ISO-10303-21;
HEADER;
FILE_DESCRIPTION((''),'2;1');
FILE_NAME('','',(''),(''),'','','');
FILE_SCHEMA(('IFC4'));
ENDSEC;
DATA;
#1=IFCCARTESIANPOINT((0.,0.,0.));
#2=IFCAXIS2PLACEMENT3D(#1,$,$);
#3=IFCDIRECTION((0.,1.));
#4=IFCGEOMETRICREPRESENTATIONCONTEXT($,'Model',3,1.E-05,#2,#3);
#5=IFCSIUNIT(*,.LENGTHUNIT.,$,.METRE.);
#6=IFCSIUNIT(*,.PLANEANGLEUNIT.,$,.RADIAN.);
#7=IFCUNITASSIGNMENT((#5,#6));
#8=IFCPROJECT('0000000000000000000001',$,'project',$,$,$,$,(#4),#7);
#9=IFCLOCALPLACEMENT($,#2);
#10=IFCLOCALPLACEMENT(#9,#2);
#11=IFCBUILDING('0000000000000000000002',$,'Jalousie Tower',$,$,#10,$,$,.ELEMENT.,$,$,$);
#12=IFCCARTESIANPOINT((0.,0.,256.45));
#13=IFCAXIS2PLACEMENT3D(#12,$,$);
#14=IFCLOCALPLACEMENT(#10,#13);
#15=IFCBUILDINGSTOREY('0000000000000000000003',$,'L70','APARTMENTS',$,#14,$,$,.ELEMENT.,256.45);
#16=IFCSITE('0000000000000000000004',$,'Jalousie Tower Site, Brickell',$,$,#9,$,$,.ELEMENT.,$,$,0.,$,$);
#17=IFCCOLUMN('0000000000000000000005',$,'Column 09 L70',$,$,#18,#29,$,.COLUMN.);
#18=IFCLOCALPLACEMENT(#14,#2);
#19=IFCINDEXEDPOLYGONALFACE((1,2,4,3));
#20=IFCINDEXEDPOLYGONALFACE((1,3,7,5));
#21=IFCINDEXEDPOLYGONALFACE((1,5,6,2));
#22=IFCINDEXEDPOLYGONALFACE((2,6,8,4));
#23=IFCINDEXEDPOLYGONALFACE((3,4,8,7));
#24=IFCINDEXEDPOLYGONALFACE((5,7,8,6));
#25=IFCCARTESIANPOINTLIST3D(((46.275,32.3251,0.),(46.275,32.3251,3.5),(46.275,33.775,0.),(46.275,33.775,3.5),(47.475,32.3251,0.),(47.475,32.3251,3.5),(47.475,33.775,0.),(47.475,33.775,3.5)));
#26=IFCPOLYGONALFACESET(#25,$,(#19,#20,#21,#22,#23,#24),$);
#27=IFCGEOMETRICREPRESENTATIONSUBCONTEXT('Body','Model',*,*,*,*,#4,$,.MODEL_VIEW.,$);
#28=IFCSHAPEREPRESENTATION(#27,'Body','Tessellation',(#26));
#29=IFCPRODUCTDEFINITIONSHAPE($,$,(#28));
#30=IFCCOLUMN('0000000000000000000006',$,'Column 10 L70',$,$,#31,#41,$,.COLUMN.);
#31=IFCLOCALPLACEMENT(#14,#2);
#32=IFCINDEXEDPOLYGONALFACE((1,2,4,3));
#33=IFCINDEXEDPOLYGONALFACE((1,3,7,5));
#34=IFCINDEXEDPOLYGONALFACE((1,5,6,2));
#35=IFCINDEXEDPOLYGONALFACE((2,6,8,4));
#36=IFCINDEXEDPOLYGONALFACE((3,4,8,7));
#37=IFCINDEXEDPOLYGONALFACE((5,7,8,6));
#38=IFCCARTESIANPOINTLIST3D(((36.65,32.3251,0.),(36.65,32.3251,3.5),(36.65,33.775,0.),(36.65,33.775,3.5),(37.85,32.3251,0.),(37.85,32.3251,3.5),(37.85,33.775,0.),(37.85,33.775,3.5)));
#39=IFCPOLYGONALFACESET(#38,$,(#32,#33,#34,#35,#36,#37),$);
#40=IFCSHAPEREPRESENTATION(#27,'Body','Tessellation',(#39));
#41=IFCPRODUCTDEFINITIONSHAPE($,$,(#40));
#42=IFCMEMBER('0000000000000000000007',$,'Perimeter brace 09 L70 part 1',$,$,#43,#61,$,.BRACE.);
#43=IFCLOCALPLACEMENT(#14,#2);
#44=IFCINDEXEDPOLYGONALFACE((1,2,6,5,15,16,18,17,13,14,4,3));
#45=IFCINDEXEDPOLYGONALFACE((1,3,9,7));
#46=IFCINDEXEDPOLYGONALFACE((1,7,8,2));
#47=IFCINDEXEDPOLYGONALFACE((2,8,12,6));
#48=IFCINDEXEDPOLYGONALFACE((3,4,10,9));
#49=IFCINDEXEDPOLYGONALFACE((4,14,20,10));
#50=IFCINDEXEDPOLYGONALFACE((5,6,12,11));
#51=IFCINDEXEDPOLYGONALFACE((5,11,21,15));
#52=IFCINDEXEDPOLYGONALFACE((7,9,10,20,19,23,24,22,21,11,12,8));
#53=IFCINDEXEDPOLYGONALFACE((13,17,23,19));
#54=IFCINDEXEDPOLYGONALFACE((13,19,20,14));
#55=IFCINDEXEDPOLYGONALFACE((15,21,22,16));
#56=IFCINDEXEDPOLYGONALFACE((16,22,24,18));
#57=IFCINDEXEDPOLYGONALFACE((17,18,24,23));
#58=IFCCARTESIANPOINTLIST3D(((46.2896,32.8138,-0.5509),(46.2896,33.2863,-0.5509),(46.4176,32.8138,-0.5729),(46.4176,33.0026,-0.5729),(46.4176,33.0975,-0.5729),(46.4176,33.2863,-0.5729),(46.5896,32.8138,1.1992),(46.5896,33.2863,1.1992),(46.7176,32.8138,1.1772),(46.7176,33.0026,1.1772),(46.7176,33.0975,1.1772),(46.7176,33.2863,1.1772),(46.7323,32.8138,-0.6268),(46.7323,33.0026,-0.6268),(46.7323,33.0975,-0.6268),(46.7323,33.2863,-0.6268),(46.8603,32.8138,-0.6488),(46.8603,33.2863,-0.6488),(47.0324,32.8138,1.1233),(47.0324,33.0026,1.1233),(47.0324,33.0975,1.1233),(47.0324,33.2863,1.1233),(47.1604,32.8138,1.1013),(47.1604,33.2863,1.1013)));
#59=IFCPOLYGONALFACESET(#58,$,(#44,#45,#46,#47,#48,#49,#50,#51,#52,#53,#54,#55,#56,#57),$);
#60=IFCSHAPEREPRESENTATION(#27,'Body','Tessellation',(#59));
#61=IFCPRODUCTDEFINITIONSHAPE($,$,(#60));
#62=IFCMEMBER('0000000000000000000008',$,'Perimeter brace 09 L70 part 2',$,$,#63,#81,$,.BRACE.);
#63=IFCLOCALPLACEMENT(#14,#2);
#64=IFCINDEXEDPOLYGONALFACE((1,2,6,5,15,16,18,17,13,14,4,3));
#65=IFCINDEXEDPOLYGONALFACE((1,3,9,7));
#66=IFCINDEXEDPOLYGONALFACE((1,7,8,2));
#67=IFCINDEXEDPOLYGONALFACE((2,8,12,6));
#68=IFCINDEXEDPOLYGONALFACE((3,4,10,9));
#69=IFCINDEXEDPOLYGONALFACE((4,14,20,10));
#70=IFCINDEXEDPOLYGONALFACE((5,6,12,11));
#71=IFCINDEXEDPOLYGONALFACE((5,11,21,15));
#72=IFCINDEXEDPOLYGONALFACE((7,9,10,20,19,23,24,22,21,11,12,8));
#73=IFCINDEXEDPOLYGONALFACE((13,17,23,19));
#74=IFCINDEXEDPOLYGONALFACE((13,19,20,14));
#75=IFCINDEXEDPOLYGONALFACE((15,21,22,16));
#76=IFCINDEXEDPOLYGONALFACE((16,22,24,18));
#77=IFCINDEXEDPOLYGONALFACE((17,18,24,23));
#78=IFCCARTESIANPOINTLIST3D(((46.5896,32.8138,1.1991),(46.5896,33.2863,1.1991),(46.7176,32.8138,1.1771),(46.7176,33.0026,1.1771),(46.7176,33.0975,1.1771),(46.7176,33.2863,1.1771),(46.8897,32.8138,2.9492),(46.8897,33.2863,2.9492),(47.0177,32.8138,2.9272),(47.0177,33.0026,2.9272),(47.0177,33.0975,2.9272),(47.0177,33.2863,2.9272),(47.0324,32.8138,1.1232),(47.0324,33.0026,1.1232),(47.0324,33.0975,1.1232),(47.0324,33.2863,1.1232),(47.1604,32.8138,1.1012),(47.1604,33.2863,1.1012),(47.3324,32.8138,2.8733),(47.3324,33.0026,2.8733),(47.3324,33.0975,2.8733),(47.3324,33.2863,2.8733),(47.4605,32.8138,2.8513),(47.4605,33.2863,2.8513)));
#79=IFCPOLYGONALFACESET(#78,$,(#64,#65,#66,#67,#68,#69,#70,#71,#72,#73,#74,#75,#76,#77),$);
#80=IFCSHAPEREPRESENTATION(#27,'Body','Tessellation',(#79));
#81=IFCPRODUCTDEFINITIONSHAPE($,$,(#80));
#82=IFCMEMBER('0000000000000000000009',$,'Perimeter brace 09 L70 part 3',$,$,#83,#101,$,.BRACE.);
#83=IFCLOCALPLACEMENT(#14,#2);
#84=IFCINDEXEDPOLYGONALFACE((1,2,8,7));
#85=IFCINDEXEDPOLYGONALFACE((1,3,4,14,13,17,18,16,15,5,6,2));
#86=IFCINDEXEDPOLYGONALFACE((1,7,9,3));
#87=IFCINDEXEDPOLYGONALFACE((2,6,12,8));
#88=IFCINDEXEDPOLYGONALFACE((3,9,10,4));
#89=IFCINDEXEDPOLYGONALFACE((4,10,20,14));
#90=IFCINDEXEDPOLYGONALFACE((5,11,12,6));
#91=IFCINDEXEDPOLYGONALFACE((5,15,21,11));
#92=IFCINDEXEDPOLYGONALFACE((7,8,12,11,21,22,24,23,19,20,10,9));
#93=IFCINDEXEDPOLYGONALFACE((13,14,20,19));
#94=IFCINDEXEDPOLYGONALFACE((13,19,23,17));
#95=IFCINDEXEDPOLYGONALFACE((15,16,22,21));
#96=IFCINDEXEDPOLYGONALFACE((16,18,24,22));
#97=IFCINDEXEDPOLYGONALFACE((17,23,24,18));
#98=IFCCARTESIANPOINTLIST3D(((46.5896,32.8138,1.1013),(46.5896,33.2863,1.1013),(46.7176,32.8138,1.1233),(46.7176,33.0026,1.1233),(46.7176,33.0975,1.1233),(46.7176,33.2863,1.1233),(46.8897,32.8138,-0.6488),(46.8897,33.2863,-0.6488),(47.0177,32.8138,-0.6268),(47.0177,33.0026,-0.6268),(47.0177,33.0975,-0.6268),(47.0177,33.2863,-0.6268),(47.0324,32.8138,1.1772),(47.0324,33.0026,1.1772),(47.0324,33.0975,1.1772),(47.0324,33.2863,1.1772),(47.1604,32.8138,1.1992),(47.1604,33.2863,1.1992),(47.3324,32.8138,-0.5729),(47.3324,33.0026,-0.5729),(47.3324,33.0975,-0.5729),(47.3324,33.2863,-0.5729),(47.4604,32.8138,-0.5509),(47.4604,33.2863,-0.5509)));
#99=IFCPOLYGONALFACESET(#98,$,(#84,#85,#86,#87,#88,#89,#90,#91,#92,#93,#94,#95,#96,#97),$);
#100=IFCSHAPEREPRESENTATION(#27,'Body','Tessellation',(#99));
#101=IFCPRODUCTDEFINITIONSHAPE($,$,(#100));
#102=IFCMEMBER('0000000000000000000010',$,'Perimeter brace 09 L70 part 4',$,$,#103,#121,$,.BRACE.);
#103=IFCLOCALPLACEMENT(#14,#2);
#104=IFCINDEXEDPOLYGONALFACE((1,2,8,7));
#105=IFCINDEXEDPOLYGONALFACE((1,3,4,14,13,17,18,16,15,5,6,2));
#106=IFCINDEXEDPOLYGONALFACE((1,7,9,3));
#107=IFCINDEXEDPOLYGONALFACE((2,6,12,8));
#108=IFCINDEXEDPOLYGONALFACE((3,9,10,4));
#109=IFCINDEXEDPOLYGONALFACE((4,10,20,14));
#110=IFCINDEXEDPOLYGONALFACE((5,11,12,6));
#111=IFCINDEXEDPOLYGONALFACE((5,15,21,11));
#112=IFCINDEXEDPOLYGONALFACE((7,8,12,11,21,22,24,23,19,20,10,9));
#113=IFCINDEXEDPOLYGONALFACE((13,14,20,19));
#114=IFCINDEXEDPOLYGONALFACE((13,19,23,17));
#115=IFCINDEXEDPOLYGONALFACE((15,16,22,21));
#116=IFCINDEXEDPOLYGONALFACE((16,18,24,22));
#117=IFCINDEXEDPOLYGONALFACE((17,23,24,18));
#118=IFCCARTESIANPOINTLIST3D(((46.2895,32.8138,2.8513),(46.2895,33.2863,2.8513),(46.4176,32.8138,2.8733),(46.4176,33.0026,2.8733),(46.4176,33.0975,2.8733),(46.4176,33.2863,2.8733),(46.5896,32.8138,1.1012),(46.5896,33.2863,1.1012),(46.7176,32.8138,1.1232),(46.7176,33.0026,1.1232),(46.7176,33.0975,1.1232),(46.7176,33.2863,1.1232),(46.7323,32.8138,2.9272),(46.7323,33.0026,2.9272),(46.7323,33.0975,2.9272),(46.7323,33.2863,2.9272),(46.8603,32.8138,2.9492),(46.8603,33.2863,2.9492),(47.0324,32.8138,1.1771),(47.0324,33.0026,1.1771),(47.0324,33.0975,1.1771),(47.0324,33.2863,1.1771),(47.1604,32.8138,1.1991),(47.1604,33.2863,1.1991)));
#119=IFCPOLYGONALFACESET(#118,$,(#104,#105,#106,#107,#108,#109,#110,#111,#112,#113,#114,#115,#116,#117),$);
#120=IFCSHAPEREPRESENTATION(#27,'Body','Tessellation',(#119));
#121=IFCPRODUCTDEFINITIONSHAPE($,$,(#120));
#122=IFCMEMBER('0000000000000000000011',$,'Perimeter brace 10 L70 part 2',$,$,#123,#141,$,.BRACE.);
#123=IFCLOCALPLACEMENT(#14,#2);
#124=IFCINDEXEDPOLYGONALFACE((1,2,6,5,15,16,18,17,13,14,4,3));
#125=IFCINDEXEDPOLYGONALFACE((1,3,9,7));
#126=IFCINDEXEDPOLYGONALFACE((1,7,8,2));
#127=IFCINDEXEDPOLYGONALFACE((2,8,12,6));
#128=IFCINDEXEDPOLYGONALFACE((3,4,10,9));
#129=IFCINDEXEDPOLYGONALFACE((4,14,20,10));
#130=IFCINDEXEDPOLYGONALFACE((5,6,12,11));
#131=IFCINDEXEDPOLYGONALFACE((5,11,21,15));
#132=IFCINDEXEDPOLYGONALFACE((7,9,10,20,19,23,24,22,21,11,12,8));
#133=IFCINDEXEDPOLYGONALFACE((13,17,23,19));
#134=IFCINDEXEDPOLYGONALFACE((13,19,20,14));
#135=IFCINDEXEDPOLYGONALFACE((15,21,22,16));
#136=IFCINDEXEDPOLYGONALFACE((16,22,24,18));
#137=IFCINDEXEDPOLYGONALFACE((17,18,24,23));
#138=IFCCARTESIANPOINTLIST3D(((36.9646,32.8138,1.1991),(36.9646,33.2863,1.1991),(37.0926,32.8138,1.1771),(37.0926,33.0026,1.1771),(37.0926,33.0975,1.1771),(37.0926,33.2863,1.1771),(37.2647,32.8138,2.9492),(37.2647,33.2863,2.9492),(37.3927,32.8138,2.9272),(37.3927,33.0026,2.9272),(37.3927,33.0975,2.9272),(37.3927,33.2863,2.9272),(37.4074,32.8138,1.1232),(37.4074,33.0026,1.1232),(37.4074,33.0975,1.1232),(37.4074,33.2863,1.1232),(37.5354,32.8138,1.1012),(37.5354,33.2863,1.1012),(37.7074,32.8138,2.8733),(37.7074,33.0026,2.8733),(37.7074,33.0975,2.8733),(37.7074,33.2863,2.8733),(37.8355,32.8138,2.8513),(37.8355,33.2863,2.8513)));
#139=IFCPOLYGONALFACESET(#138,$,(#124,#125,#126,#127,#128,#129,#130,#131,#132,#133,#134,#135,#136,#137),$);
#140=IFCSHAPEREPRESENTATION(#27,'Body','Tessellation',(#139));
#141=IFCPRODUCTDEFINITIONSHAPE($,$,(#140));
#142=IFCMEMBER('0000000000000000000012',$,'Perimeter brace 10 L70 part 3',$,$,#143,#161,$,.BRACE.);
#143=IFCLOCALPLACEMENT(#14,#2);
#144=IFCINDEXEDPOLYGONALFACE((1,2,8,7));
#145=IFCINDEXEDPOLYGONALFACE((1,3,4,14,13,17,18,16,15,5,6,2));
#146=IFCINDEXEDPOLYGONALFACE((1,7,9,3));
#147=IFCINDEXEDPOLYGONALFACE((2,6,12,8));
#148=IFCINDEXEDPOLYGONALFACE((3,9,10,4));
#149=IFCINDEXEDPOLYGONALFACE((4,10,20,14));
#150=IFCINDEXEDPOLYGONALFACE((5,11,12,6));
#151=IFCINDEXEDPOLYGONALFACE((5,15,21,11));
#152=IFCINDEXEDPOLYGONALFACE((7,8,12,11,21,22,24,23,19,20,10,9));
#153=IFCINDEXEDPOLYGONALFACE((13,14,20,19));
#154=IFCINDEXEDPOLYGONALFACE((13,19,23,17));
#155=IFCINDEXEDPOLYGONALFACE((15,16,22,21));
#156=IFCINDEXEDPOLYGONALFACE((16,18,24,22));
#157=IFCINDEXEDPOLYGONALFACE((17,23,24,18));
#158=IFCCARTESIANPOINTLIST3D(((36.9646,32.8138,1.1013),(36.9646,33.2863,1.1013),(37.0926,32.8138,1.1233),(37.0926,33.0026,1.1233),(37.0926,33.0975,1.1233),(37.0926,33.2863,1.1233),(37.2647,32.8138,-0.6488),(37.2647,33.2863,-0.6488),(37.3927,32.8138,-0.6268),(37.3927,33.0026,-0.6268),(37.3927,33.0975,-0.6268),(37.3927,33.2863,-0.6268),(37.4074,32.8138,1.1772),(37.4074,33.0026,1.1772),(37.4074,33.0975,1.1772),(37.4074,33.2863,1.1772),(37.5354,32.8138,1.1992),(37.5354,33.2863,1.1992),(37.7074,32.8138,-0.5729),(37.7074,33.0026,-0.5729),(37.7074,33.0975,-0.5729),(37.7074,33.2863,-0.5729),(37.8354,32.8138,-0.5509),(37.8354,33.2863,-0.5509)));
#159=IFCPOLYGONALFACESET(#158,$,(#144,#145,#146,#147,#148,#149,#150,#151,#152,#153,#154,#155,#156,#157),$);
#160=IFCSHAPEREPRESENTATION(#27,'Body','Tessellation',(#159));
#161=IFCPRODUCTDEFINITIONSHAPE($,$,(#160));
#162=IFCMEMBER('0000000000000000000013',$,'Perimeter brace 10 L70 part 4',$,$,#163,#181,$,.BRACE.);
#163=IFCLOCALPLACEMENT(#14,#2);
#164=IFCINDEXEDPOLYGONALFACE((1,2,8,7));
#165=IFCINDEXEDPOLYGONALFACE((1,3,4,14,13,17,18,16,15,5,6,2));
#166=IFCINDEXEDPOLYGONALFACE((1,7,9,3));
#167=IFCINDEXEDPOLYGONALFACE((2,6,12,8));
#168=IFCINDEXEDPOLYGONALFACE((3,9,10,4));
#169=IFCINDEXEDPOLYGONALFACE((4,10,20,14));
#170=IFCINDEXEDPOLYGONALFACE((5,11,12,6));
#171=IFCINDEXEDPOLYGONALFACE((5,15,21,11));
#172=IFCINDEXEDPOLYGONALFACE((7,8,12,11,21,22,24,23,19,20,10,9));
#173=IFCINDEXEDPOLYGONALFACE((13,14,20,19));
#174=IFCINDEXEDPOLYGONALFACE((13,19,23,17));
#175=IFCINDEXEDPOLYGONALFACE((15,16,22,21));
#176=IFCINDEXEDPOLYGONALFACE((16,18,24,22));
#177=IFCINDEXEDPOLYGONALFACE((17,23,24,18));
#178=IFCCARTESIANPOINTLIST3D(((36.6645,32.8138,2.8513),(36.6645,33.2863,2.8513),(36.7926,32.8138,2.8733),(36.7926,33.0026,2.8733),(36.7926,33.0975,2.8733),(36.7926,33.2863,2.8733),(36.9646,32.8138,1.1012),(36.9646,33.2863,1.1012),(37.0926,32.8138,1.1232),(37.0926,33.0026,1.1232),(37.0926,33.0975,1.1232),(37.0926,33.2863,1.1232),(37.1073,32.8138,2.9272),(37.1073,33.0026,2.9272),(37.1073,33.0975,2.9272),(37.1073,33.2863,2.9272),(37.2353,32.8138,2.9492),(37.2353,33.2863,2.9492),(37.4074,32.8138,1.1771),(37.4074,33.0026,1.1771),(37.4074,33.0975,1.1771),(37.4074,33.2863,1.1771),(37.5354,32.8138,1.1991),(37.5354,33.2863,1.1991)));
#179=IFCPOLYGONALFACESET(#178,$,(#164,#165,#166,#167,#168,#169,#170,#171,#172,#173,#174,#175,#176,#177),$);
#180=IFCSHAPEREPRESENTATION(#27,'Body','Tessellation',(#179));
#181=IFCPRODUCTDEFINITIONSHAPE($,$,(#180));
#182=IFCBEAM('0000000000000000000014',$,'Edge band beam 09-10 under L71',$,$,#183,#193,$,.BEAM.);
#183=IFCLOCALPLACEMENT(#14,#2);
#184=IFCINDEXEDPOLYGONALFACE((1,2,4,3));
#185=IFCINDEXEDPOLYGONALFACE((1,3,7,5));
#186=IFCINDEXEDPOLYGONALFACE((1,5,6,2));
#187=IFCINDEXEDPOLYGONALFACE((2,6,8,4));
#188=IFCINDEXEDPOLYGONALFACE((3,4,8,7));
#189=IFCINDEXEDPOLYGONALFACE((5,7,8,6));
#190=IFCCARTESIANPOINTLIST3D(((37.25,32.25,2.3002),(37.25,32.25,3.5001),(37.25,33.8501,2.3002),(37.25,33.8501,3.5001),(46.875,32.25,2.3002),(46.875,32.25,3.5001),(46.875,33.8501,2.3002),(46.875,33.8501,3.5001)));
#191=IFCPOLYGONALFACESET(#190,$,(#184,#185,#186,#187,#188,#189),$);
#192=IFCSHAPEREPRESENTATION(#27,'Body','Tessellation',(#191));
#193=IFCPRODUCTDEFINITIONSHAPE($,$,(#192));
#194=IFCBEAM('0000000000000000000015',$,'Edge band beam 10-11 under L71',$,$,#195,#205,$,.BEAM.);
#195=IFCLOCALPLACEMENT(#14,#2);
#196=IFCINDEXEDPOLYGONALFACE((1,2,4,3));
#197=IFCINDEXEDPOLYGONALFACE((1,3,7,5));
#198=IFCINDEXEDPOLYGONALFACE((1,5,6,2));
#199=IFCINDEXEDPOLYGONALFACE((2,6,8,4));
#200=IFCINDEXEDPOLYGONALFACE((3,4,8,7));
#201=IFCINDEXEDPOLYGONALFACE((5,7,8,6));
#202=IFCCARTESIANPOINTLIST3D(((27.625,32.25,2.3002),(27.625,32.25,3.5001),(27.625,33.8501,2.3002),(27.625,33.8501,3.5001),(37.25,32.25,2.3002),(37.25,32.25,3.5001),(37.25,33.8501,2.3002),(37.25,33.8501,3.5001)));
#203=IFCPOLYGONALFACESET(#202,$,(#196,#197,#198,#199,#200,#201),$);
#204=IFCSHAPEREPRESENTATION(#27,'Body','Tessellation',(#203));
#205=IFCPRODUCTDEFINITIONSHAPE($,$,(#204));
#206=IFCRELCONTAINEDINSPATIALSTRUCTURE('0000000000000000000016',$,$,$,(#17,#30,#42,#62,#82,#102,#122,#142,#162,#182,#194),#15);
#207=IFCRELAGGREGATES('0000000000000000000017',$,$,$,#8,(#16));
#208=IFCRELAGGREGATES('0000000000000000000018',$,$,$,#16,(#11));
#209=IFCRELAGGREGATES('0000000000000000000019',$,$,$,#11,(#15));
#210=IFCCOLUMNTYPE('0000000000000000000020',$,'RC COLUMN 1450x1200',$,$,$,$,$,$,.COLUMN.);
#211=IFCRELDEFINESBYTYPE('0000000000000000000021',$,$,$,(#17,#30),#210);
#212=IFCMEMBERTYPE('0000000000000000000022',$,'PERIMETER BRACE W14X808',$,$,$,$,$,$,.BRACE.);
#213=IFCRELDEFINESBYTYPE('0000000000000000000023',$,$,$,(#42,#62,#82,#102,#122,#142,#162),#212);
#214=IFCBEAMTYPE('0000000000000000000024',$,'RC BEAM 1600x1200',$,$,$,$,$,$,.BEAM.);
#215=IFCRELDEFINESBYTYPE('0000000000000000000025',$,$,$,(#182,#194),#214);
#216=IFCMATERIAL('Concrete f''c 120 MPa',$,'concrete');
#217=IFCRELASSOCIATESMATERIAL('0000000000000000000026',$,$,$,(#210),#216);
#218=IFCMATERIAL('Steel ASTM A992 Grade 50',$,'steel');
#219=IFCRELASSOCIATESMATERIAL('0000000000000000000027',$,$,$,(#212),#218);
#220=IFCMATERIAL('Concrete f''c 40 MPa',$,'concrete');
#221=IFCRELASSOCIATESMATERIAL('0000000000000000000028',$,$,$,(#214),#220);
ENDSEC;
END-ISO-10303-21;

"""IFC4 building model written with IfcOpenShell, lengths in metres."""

from ifc_helpers import new_model, si_unit, direction, frame, origin, origin_2d, place, context, subcontext, project, spatial, rectangle, i_section, extrude, material, material_profile, profile_set, type_object, element, save


model = new_model("IFC4")

# Units and contexts
model_context = context("Model", 3, precision=1e-05, world=origin(), true_north=direction((0.0, 1.0)))
body_context = subcontext(model_context, "Body", "Model", "MODEL_VIEW")
ifc_project = project(units=[si_unit("LENGTHUNIT", "METRE"), si_unit("PLANEANGLEUNIT", "RADIAN")], contexts=[model_context])

# Site, building, storey
site_placement = place(None, origin())
site = spatial("IfcSite", under=ifc_project, at=site_placement, Name="Jalousie Tower Site, Brickell", CompositionType="ELEMENT", RefElevation=0.0)
building_placement = place(site_placement, origin())
building = spatial("IfcBuilding", under=site, at=building_placement, Name="Jalousie Tower", CompositionType="ELEMENT")
storey_placement = place(building_placement, frame((0.0, 0.0, 256.45)))
storey = spatial("IfcBuildingStorey", under=building, at=storey_placement, Name="L70", Description="APARTMENTS", CompositionType="ELEMENT", Elevation=256.45)

# Columns
ifc_material_1 = material(Name="Concrete f'c 120 MPa", Category="concrete")
ifc_material_profile_1 = material_profile(ifc_material_1, rectangle(XDim=1.45, YDim=1.2, at=origin_2d()), Name="RC 1450x1200")
ifc_profile_set_1 = profile_set([ifc_material_profile_1], Name="Concrete f'c 120 MPa")
column_type = type_object("IfcColumnType", Name="RC COLUMN 1450x1200", PredefinedType="COLUMN", material=ifc_profile_set_1)
for number, where, z_axis, x_axis, name in (
    (1, (46.875, 33.05, 0.0), (0.0, 0.0, 1.0), (0.0, 1.0, 0.0), "Column 09 L70"),
    (2, (37.25, 33.05, 0.0), (0.0, 0.0, 1.0), (0.0, 1.0, 0.0), "Column 10 L70"),
):
    element("IfcColumn", number, at=place(storey_placement, frame(where, z_axis=z_axis, x_axis=x_axis)), inside=storey, type_object=column_type, Name=name, PredefinedType="COLUMN", context=body_context, shape_type="SweptSolid", body=[
        extrude(rectangle(XDim=1.45, YDim=1.2, at=origin_2d()), origin(), (0.0, 0.0, 1.0), 3.5),
    ])

# Members
ifc_material_2 = material(Name="Steel ASTM A992 Grade 50", Category="steel")
ifc_material_profile_2 = material_profile(ifc_material_2, i_section(OverallWidth=0.4724, OverallDepth=0.5791, WebThickness=0.095, FlangeThickness=0.1299, at=origin_2d()), Name="W14X808")
ifc_profile_set_2 = profile_set([ifc_material_profile_2], Name="Steel ASTM A992 Grade 50")
member_type_1 = type_object("IfcMemberType", Name="PERIMETER BRACE W14X808", PredefinedType="BRACE", material=ifc_profile_set_2)
for number, where, z_axis, x_axis, name in (
    (3, (46.575, 33.05, -0.5999), (0.168991, 0.0, 0.985618), (0.0, 1.0, 0.0), "Perimeter brace 09 L70 part 1"),
    (4, (46.875, 33.05, 1.1501), (0.168991, 0.0, 0.985618), (0.0, 1.0, 0.0), "Perimeter brace 09 L70 part 2"),
    (5, (47.175, 33.05, -0.5999), (-0.168991, 0.0, 0.985618), (0.0, -1.0, 0.0), "Perimeter brace 09 L70 part 3"),
    (6, (46.875, 33.05, 1.1501), (-0.168991, 0.0, 0.985618), (0.0, -1.0, 0.0), "Perimeter brace 09 L70 part 4"),
    (7, (37.25, 33.05, 1.1501), (0.168991, 0.0, 0.985618), (0.0, 1.0, 0.0), "Perimeter brace 10 L70 part 2"),
    (8, (37.55, 33.05, -0.5999), (-0.168991, 0.0, 0.985618), (0.0, -1.0, 0.0), "Perimeter brace 10 L70 part 3"),
    (9, (37.25, 33.05, 1.1501), (-0.168991, 0.0, 0.985618), (0.0, -1.0, 0.0), "Perimeter brace 10 L70 part 4"),
):
    element("IfcMember", number, at=place(storey_placement, frame(where, z_axis=z_axis, x_axis=x_axis)), inside=storey, type_object=member_type_1, Name=name, PredefinedType="BRACE", context=body_context, shape_type="SweptSolid", body=[
        extrude(i_section(OverallWidth=0.4724, OverallDepth=0.5791, WebThickness=0.095, FlangeThickness=0.1299, at=origin_2d()), origin(), (0.0, 0.0, 1.0), 1.7756),
    ])

# Beams
ifc_material_3 = material(Name="Concrete f'c 40 MPa", Category="concrete")
ifc_material_profile_3 = material_profile(ifc_material_3, rectangle(XDim=1.6001, YDim=1.2, at=origin_2d()), Name="RC 1600x1200")
ifc_profile_set_3 = profile_set([ifc_material_profile_3], Name="Concrete f'c 40 MPa")
beam_type_1 = type_object("IfcBeamType", Name="RC BEAM 1600x1200", PredefinedType="BEAM", material=ifc_profile_set_3)
for number, where, z_axis, x_axis, name in (
    (10, (46.875, 33.05, 2.9001), (-1.0, 0.0, 0.0), (0.0, -1.0, 0.0), "Edge band beam 09-10 under L71"),
    (11, (37.25, 33.05, 2.9001), (-1.0, 0.0, 0.0), (0.0, -1.0, 0.0), "Edge band beam 10-11 under L71"),
):
    element("IfcBeam", number, at=place(storey_placement, frame(where, z_axis=z_axis, x_axis=x_axis)), inside=storey, type_object=beam_type_1, Name=name, PredefinedType="BEAM", context=body_context, shape_type="SweptSolid", body=[
        extrude(rectangle(XDim=1.6001, YDim=1.2, at=origin_2d()), origin(), (0.0, 0.0, 1.0), 9.625),
    ])

save(model, "model.ifc")
